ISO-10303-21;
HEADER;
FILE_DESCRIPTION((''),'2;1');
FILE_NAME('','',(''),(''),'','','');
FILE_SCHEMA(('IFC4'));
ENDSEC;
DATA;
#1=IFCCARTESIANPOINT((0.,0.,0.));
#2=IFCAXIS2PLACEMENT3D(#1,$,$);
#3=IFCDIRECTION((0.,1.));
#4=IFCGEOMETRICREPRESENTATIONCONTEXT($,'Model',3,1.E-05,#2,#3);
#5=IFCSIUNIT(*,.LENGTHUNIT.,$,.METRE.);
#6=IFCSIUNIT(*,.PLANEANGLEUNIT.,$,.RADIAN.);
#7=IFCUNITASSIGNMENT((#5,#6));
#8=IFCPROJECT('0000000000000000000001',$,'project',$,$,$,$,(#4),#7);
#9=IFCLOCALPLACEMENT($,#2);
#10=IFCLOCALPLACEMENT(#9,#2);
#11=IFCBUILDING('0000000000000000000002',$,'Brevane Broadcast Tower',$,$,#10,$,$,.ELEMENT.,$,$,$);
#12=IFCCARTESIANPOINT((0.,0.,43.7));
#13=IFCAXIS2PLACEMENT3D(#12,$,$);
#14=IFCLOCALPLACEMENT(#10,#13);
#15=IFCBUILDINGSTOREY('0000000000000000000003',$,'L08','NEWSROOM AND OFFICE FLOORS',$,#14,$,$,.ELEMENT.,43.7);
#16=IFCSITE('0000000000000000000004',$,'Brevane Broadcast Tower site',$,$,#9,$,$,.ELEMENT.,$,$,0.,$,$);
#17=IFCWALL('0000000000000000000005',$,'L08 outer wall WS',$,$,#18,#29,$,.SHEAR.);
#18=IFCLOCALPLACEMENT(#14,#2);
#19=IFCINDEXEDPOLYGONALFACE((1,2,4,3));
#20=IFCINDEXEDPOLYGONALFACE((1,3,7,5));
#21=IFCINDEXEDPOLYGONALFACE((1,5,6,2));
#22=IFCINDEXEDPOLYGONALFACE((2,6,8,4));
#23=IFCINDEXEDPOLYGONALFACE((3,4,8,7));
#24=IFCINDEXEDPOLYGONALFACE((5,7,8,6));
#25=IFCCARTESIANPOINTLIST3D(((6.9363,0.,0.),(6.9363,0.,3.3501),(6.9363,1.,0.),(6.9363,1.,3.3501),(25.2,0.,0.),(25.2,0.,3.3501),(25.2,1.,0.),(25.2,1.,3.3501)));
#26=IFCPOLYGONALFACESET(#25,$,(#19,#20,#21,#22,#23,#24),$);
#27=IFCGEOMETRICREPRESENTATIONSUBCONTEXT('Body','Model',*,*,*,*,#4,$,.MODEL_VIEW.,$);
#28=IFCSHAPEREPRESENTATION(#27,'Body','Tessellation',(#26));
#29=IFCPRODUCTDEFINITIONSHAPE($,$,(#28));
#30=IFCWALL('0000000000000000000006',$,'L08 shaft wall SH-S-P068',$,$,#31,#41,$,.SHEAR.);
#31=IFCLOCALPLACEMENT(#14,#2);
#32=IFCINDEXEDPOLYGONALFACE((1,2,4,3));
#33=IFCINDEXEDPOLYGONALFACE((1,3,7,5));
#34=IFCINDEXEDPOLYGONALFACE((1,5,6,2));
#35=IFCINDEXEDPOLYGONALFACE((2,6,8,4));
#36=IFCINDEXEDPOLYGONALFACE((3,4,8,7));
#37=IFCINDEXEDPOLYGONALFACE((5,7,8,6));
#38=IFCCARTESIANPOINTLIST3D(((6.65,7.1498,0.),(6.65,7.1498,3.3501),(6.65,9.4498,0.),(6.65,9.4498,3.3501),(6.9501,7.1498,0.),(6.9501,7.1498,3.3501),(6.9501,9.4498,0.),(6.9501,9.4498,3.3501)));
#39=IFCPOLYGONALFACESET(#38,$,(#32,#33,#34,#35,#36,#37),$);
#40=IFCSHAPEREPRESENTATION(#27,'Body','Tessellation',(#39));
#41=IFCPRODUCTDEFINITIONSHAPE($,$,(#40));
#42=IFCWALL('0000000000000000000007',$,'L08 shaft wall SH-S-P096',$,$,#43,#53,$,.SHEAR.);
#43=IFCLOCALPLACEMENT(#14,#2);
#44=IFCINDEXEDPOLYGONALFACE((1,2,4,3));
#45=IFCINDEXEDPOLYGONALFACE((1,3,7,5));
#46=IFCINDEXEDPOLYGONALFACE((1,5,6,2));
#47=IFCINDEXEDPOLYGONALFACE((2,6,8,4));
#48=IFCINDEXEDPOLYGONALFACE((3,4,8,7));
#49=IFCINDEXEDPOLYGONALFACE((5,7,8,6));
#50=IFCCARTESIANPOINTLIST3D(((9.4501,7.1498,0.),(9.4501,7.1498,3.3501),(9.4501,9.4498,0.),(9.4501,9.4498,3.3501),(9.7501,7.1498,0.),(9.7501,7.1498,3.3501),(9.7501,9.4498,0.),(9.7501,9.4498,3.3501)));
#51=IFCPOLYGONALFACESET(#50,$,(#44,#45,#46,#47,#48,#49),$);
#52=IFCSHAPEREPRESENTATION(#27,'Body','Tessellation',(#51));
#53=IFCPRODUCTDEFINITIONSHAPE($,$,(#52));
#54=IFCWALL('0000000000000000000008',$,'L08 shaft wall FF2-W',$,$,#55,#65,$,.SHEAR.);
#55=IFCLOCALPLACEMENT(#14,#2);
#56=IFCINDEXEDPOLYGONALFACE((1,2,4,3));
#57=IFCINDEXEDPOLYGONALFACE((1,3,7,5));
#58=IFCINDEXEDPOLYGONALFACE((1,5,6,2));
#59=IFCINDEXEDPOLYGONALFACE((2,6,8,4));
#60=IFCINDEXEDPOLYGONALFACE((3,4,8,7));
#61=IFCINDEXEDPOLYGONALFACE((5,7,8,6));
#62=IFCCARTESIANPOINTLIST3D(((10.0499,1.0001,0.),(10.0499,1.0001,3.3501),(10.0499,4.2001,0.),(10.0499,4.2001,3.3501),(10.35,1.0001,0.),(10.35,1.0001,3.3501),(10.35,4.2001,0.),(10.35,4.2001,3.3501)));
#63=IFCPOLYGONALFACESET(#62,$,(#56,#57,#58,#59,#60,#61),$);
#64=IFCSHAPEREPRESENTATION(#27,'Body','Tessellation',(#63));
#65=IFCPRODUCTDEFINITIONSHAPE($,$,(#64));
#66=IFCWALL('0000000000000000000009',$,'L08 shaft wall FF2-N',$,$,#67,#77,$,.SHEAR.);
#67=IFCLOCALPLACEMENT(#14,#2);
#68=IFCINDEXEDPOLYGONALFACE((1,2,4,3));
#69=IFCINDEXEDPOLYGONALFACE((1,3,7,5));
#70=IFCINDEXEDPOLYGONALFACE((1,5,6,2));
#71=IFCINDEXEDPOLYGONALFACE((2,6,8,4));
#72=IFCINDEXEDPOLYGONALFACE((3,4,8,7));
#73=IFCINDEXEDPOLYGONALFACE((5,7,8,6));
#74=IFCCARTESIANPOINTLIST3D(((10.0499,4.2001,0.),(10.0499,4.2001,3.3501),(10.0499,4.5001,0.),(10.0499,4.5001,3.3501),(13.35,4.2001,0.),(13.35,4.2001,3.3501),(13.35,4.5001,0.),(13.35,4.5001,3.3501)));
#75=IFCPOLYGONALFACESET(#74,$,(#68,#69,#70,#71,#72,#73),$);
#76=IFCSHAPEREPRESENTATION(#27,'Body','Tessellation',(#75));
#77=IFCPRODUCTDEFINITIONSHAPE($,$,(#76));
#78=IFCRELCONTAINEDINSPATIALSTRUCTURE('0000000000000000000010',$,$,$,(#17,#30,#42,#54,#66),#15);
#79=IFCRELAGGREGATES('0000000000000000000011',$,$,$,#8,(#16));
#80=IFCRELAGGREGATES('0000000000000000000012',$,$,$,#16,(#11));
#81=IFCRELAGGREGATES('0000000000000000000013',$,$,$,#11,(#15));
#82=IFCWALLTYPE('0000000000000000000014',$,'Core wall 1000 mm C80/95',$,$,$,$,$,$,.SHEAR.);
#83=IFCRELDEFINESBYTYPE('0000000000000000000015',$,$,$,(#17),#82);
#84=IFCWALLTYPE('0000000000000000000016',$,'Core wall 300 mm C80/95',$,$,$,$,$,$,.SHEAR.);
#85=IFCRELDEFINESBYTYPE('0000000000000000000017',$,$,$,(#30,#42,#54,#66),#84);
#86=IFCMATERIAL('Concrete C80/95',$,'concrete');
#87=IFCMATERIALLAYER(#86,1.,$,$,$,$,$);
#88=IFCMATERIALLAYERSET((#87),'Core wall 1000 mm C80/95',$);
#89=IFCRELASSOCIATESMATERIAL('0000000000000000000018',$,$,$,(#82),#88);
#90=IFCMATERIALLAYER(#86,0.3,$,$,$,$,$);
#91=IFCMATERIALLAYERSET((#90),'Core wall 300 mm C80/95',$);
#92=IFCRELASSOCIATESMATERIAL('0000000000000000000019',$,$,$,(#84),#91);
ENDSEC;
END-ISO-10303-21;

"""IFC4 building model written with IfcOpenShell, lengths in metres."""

from ifc_helpers import new_model, si_unit, direction, frame, frame_2d, origin, place, context, subcontext, project, spatial, rectangle, extrude, material, layer, layer_set, type_object, element, save


model = new_model("IFC4")

# Units and contexts
model_context = context("Model", 3, precision=1e-05, world=origin(), true_north=direction((0.0, 1.0)))
body_context = subcontext(model_context, "Body", "Model", "MODEL_VIEW")
ifc_project = project(units=[si_unit("LENGTHUNIT", "METRE"), si_unit("PLANEANGLEUNIT", "RADIAN")], contexts=[model_context])

# Site, building, storey
site_placement = place(None, origin())
site = spatial("IfcSite", under=ifc_project, at=site_placement, Name="Brevane Broadcast Tower site", CompositionType="ELEMENT", RefElevation=0.0)
building_placement = place(site_placement, origin())
building = spatial("IfcBuilding", under=site, at=building_placement, Name="Brevane Broadcast Tower", CompositionType="ELEMENT")
storey_placement = place(building_placement, frame((0.0, 0.0, 43.7)))
storey = spatial("IfcBuildingStorey", under=building, at=storey_placement, Name="L08", Description="NEWSROOM AND OFFICE FLOORS", CompositionType="ELEMENT", Elevation=43.7)

# Walls
ifc_material_1 = material(Name="Concrete C80/95", Category="concrete")
ifc_layer_1 = layer(ifc_material_1, 1.0)
ifc_layer_set_1 = layer_set([ifc_layer_1], Name="Core wall 1000 mm C80/95")
wall_type_1 = type_object("IfcWallType", Name="Core wall 1000 mm C80/95", PredefinedType="SHEAR", material=ifc_layer_set_1)
wall_1_placement = place(storey_placement, frame((6.9363, 0.5, 0.0), z_axis=(0.0, 0.0, 1.0), x_axis=(1.0, 0.0, 0.0)))
element("IfcWall", 1, at=wall_1_placement, inside=storey, type_object=wall_type_1, Name="L08 outer wall WS", PredefinedType="SHEAR", context=body_context, shape_type="SweptSolid", body=[
    extrude(rectangle(XDim=18.2637, YDim=1.0, at=frame_2d((9.1318, 0.0))), origin(), (0.0, 0.0, 1.0), 3.3501),
])
ifc_layer_2 = layer(ifc_material_1, 0.3)
ifc_layer_set_2 = layer_set([ifc_layer_2], Name="Core wall 300 mm C80/95")
wall_type_2 = type_object("IfcWallType", Name="Core wall 300 mm C80/95", PredefinedType="SHEAR", material=ifc_layer_set_2)
for number, where, z_axis, x_axis, name in (
    (2, (6.8, 7.1499, 0.0), (0.0, 0.0, 1.0), (0.0, 1.0, 0.0), "L08 shaft wall SH-S-P068"),
    (3, (9.6001, 7.1499, 0.0), (0.0, 0.0, 1.0), (0.0, 1.0, 0.0), "L08 shaft wall SH-S-P096"),
):
    element("IfcWall", number, at=place(storey_placement, frame(where, z_axis=z_axis, x_axis=x_axis)), inside=storey, type_object=wall_type_2, Name=name, PredefinedType="SHEAR", context=body_context, shape_type="SweptSolid", body=[
        extrude(rectangle(XDim=2.3, YDim=0.3, at=frame_2d((1.1499, 0.0))), origin(), (0.0, 0.0, 1.0), 3.3501),
    ])
wall_2_placement = place(storey_placement, frame((10.2, 1.0, 0.0), z_axis=(0.0, 0.0, 1.0), x_axis=(0.0, 1.0, 0.0)))
element("IfcWall", 4, at=wall_2_placement, inside=storey, type_object=wall_type_2, Name="L08 shaft wall FF2-W", PredefinedType="SHEAR", context=body_context, shape_type="SweptSolid", body=[
    extrude(rectangle(XDim=3.2, YDim=0.3, at=frame_2d((1.6001, 0.0))), origin(), (0.0, 0.0, 1.0), 3.3501),
])
wall_3_placement = place(storey_placement, frame((10.05, 4.3501, 0.0), z_axis=(0.0, 0.0, 1.0), x_axis=(1.0, 0.0, 0.0)))
element("IfcWall", 5, at=wall_3_placement, inside=storey, type_object=wall_type_2, Name="L08 shaft wall FF2-N", PredefinedType="SHEAR", context=body_context, shape_type="SweptSolid", body=[
    extrude(rectangle(XDim=3.3, YDim=0.3, at=frame_2d((1.6499, 0.0))), origin(), (0.0, 0.0, 1.0), 3.3501),
])

save(model, "model.ifc")
